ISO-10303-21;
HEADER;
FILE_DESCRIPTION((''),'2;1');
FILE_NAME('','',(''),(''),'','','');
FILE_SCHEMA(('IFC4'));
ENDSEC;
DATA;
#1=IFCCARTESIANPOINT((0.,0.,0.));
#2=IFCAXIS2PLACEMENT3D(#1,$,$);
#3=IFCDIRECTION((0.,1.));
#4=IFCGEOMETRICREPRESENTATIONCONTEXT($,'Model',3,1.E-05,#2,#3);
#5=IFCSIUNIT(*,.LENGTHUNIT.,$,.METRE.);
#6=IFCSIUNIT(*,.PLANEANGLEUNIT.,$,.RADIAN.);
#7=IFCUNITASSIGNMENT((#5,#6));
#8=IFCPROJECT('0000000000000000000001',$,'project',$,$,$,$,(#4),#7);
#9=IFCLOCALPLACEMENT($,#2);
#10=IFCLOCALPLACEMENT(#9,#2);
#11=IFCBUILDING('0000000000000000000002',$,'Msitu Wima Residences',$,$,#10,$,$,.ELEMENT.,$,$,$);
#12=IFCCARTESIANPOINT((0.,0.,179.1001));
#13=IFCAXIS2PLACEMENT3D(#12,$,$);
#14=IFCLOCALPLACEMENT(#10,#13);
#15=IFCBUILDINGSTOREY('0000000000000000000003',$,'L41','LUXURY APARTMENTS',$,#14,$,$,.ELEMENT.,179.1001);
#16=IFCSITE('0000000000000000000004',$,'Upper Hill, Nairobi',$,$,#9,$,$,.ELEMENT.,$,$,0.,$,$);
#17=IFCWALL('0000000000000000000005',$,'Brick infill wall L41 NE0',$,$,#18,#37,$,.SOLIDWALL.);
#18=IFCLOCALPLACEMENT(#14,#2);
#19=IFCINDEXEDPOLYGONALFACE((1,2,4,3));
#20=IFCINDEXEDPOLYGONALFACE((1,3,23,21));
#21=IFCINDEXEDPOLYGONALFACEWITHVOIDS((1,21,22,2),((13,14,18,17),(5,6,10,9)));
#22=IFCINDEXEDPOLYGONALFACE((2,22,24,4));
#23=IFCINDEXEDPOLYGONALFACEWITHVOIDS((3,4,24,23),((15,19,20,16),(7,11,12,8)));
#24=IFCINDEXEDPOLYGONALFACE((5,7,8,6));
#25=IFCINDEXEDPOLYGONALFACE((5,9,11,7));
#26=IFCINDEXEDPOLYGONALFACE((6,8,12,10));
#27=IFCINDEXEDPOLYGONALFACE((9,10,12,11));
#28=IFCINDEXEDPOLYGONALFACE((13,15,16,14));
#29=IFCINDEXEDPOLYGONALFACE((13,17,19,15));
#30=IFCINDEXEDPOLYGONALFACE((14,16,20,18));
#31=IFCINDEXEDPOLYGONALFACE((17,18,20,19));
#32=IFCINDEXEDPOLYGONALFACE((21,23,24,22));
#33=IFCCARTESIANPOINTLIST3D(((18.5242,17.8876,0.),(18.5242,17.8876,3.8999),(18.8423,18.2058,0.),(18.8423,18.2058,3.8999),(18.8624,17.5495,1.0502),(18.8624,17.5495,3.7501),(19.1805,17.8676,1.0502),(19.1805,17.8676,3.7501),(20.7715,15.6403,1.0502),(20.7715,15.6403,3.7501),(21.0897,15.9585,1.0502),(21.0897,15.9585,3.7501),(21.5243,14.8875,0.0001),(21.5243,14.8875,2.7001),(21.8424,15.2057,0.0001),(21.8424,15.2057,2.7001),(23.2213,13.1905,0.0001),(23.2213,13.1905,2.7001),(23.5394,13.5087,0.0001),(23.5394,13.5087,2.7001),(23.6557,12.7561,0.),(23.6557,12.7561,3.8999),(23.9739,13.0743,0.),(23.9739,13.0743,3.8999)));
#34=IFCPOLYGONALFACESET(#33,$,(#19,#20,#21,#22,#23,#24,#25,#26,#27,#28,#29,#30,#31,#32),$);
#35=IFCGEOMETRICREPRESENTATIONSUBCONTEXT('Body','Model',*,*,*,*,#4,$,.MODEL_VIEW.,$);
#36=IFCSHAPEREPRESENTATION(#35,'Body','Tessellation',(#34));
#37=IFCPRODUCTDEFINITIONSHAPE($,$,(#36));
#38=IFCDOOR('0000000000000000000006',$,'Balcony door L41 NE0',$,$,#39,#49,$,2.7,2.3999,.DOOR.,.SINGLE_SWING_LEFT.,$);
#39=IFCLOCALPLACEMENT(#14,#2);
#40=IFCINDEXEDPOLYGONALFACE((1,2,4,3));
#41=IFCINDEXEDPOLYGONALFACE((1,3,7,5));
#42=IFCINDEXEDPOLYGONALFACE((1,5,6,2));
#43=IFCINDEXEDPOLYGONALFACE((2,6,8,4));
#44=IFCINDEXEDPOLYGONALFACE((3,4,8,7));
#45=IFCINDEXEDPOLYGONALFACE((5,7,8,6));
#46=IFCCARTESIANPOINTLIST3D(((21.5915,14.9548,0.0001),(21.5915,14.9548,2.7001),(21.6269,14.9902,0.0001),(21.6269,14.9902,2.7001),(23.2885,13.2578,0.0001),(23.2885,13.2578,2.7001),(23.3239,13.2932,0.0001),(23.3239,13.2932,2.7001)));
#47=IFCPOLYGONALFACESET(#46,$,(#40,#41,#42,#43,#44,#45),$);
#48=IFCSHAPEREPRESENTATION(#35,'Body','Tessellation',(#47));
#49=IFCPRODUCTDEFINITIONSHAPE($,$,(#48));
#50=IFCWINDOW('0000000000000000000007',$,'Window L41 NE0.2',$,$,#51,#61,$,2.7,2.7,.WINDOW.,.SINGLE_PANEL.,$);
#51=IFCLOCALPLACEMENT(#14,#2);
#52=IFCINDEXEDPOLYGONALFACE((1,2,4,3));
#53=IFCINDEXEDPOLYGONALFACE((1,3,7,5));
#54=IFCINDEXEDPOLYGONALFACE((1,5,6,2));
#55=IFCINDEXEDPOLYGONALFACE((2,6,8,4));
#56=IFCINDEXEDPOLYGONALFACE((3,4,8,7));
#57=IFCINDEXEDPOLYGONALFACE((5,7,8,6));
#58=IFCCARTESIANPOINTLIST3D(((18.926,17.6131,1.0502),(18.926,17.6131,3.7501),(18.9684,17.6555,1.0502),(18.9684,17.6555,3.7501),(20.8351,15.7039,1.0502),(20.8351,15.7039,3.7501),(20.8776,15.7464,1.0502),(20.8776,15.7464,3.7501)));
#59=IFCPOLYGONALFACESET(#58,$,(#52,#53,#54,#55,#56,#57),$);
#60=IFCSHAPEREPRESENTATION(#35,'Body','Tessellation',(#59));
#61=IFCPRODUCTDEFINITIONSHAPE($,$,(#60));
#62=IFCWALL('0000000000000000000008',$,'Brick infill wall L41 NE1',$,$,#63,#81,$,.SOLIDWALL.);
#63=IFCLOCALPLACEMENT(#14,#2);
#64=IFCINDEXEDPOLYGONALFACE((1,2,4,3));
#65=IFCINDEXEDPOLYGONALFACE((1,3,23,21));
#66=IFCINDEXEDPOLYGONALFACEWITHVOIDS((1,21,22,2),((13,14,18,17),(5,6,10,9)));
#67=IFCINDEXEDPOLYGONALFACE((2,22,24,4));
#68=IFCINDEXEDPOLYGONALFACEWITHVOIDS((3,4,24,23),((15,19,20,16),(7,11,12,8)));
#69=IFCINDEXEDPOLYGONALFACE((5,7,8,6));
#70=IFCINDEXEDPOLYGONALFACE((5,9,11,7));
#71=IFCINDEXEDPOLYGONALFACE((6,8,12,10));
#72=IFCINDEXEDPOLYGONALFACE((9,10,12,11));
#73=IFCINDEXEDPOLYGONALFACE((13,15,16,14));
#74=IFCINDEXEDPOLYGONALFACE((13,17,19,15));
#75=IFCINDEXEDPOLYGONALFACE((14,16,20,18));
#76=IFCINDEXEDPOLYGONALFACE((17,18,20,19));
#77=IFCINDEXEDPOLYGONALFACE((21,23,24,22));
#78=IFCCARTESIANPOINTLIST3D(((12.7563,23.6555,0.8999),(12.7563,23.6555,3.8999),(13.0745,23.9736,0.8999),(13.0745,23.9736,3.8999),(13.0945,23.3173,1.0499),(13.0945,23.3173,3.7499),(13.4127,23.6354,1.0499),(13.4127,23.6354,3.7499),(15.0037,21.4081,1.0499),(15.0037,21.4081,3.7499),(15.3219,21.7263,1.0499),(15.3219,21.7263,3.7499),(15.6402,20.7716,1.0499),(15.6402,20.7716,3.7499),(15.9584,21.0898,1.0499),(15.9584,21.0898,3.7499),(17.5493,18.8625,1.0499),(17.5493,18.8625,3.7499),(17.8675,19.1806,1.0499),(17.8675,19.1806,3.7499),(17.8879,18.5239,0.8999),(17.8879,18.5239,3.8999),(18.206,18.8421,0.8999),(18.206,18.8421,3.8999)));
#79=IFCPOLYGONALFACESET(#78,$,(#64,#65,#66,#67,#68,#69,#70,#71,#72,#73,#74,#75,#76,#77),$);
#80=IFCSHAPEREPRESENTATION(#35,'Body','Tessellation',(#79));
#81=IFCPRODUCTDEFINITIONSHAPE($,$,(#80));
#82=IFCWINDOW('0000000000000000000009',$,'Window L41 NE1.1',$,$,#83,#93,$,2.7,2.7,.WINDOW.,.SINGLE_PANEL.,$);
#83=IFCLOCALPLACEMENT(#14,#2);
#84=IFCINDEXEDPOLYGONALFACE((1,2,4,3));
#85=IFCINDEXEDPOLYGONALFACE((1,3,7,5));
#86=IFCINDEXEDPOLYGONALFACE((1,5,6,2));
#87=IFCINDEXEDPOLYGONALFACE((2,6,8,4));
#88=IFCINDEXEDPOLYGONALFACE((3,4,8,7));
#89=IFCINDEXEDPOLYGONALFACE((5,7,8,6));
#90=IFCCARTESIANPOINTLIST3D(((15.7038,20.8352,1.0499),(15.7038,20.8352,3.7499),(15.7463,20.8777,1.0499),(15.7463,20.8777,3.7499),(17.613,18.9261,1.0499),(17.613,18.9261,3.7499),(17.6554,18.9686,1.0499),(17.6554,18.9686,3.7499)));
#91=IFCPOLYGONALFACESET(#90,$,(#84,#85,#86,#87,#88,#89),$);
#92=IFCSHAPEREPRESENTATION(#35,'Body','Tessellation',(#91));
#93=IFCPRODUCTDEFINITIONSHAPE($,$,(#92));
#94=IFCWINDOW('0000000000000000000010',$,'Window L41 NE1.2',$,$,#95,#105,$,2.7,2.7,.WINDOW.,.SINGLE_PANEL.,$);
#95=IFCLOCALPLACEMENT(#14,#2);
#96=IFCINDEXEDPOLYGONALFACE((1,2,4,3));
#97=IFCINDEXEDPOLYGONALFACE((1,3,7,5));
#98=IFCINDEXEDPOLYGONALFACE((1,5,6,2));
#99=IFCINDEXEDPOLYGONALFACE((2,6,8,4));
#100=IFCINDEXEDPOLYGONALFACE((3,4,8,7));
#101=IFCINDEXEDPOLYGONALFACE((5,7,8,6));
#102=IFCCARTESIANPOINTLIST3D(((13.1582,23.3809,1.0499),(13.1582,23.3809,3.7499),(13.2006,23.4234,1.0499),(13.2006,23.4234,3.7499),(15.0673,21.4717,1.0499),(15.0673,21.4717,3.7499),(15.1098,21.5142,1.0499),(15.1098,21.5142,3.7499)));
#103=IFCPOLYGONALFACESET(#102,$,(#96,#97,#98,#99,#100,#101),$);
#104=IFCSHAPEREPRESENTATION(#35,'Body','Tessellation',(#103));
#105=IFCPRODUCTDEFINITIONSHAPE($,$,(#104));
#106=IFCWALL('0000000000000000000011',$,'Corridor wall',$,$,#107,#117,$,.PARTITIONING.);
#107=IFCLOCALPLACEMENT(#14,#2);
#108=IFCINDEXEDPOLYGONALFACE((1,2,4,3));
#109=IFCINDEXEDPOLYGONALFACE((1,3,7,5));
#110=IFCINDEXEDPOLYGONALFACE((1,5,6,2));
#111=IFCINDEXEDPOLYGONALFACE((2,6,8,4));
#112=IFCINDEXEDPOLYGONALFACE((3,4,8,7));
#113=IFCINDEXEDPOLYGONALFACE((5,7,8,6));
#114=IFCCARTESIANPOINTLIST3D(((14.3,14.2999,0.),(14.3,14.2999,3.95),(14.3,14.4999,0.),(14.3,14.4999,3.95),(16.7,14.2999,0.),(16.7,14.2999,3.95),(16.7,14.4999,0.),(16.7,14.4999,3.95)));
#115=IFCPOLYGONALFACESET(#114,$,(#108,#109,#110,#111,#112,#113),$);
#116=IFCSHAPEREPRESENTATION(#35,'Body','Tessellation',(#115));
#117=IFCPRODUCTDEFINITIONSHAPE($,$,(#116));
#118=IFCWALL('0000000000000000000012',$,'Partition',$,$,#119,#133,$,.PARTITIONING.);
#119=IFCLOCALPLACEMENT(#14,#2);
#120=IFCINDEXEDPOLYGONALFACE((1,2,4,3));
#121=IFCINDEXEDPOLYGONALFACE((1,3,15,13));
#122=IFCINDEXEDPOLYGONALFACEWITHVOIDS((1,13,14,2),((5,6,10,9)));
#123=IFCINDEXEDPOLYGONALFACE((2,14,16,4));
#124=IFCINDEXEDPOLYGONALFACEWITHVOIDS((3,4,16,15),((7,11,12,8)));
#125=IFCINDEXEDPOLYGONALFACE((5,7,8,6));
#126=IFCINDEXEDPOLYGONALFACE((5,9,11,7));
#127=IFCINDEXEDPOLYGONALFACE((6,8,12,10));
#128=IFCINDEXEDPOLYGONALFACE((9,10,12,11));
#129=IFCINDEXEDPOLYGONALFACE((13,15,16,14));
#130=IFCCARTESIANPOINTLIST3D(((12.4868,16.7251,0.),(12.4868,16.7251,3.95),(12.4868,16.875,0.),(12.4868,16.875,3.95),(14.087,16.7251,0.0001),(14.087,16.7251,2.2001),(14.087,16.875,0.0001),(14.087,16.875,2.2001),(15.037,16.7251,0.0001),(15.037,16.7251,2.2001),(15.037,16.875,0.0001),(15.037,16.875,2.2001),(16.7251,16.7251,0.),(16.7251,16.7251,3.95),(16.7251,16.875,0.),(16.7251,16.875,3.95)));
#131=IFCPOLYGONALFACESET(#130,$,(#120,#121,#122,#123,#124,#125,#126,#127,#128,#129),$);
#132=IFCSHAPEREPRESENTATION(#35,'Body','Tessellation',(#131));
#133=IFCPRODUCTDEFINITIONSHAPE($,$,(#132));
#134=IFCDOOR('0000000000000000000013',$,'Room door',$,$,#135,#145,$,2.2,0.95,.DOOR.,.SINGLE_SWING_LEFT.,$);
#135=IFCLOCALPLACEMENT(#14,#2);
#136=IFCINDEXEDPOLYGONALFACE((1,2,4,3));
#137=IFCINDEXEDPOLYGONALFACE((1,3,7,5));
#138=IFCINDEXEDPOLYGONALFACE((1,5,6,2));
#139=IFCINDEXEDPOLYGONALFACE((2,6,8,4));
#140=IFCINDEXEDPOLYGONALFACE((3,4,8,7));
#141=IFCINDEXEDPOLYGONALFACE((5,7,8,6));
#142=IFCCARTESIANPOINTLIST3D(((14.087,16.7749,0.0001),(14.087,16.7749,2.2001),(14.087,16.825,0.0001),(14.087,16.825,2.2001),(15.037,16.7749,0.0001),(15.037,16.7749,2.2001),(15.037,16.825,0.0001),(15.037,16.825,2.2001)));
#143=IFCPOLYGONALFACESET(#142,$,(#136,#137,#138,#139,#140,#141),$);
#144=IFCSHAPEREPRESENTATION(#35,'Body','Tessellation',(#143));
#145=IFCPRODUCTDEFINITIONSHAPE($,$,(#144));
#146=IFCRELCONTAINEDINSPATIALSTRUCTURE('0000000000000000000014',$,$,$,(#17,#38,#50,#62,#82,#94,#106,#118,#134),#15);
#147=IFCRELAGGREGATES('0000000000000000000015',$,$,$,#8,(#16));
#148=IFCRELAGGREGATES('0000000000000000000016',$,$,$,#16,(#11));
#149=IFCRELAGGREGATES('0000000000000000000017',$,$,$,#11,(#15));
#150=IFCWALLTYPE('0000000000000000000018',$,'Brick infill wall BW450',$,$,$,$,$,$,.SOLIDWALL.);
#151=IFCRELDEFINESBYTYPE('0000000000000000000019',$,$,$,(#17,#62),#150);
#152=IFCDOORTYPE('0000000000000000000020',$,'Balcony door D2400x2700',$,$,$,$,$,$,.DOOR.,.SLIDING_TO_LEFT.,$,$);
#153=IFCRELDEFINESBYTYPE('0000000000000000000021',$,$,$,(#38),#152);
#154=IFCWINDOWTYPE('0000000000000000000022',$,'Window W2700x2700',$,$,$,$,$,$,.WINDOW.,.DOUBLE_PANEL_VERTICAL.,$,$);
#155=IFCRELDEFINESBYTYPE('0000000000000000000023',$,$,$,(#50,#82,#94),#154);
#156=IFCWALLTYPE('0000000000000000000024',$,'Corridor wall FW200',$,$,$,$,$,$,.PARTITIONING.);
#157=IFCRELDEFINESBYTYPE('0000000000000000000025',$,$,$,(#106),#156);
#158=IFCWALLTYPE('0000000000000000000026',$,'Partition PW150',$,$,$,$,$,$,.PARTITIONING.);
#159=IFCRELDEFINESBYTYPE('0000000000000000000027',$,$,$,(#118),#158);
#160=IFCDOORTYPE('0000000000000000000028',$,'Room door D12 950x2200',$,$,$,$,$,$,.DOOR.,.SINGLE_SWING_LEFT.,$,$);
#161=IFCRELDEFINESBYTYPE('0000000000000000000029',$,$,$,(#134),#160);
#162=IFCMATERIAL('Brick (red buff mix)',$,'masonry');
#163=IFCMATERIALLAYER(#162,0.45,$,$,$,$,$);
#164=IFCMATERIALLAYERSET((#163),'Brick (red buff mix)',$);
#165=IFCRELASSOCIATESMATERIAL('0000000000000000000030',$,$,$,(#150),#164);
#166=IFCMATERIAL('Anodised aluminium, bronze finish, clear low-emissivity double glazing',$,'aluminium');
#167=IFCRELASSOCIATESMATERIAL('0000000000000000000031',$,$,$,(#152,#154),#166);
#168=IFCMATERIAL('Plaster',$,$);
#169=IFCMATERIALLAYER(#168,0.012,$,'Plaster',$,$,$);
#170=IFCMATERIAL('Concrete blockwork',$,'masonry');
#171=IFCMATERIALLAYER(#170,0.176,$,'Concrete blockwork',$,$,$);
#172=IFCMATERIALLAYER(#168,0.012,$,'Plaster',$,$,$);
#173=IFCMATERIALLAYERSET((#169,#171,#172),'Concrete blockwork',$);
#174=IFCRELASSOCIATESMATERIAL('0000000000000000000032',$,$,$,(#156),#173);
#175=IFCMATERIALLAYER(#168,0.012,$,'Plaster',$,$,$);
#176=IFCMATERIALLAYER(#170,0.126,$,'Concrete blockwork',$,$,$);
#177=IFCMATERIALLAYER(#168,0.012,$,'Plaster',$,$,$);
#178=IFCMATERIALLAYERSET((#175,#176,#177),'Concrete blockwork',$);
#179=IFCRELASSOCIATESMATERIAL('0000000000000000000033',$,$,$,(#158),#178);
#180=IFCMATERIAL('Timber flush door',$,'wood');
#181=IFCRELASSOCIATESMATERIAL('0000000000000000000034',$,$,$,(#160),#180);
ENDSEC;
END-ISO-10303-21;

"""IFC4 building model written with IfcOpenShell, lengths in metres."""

from ifc_helpers import new_model, si_unit, direction, frame, frame_2d, origin, place, context, subcontext, project, spatial, rectangle, extrude, material, layer, layer_set, type_object, element, fill, save


model = new_model("IFC4")

# Units and contexts
model_context = context("Model", 3, precision=1e-05, world=origin(), true_north=direction((0.0, 1.0)))
body_context = subcontext(model_context, "Body", "Model", "MODEL_VIEW")
ifc_project = project(units=[si_unit("LENGTHUNIT", "METRE"), si_unit("PLANEANGLEUNIT", "RADIAN")], contexts=[model_context])

# Site, building, storey
site_placement = place(None, origin())
site = spatial("IfcSite", under=ifc_project, at=site_placement, Name="Upper Hill, Nairobi", CompositionType="ELEMENT", RefElevation=0.0)
building_placement = place(site_placement, origin())
building = spatial("IfcBuilding", under=site, at=building_placement, Name="Msitu Wima Residences", CompositionType="ELEMENT")
storey_placement = place(building_placement, frame((0.0, 0.0, 179.1001)))
storey = spatial("IfcBuildingStorey", under=building, at=storey_placement, Name="L41", Description="LUXURY APARTMENTS", CompositionType="ELEMENT", Elevation=179.1001)

# Wall, openings, door, window
ifc_material_1 = material(Name="Brick (red buff mix)", Category="masonry")
ifc_layer_1 = layer(ifc_material_1, 0.45)
ifc_layer_set_1 = layer_set([ifc_layer_1], Name="Brick (red buff mix)")
wall_type_1 = type_object("IfcWallType", Name="Brick infill wall BW450", PredefinedType="SOLIDWALL", material=ifc_layer_set_1)
wall_1_placement = place(storey_placement, frame((23.8147, 12.9153, 0.0), z_axis=(0.0, 0.0, 1.0), x_axis=(-0.707107, 0.707107, 0.0)))
wall_1 = element("IfcWall", 1, at=wall_1_placement, inside=storey, type_object=wall_type_1, Name="Brick infill wall L41 NE0", PredefinedType="SOLIDWALL", context=body_context, shape_type="SweptSolid", body=[
    extrude(rectangle(XDim=7.2571, YDim=0.45, at=frame_2d((3.6284, 0.0))), origin(), (0.0, 0.0, 1.0), 3.8999),
])
opening_1_placement = place(wall_1_placement, frame((0.6143, 0.0, 0.0)))
opening_1 = element("IfcOpeningElement", 2, at=opening_1_placement, cuts=wall_1, PredefinedType="OPENING", context=body_context, shape_type="SweptSolid", body=[
    extrude(rectangle(XDim=2.3999, YDim=2.7, at=frame_2d((1.2, 1.3501))), frame((0.0, 0.2349, 0.0), z_axis=(0.0, -1.0, 0.0), x_axis=(1.0, 0.0, 0.0)), (0.0, 0.0, 1.0), 0.47),
])
opening_2_placement = place(wall_1_placement, frame((4.0786, 0.0, 1.05)))
opening_2 = element("IfcOpeningElement", 3, at=opening_2_placement, cuts=wall_1, PredefinedType="OPENING", context=body_context, shape_type="SweptSolid", body=[
    extrude(rectangle(XDim=2.7, YDim=2.7, at=frame_2d((1.3501, 1.3501))), frame((0.0, 0.2349, 0.0), z_axis=(0.0, -1.0, 0.0), x_axis=(1.0, 0.0, 0.0)), (0.0, 0.0, 1.0), 0.47),
])
ifc_material_2 = material(Name="Anodised aluminium, bronze finish, clear low-emissivity double glazing", Category="aluminium")
door_type_1 = type_object("IfcDoorType", Name="Balcony door D2400x2700", OperationType="SLIDING_TO_LEFT", PredefinedType="DOOR", material=ifc_material_2)
door_1_placement = place(opening_1_placement, origin())
door_1 = element("IfcDoor", 4, at=door_1_placement, inside=storey, type_object=door_type_1, Name="Balcony door L41 NE0", OperationType="SINGLE_SWING_LEFT", OverallHeight=2.7, OverallWidth=2.3999, PredefinedType="DOOR", context=body_context, shape_type="SweptSolid", body=[
    extrude(rectangle(XDim=2.3999, YDim=2.7, at=frame_2d((1.2, 1.3501))), frame((0.0, 0.1299, 0.0), z_axis=(0.0, -1.0, 0.0), x_axis=(1.0, 0.0, 0.0)), (0.0, 0.0, 1.0), 0.05),
])
fill(opening_1, door_1)
window_type = type_object("IfcWindowType", Name="Window W2700x2700", PartitioningType="DOUBLE_PANEL_VERTICAL", PredefinedType="WINDOW", material=ifc_material_2)
window_1_placement = place(opening_2_placement, origin())
window_1 = element("IfcWindow", 5, at=window_1_placement, inside=storey, type_object=window_type, Name="Window L41 NE0.2", OverallHeight=2.7, OverallWidth=2.7, PartitioningType="SINGLE_PANEL", PredefinedType="WINDOW", context=body_context, shape_type="SweptSolid", body=[
    extrude(rectangle(XDim=2.7, YDim=2.7, at=frame_2d((1.3501, 1.3501))), frame((0.0, 0.135, 0.0), z_axis=(0.0, -1.0, 0.0), x_axis=(1.0, 0.0, 0.0)), (0.0, 0.0, 1.0), 0.0601),
])
fill(opening_2, window_1)

# Wall, openings, windows
wall_2_placement = place(storey_placement, frame((18.0469, 18.6831, 0.8999), z_axis=(0.0, 0.0, 1.0), x_axis=(-0.707107, 0.707107, 0.0)))
wall_2 = element("IfcWall", 6, at=wall_2_placement, inside=storey, type_object=wall_type_1, Name="Brick infill wall L41 NE1", PredefinedType="SOLIDWALL", context=body_context, shape_type="SweptSolid", body=[
    extrude(rectangle(XDim=7.2571, YDim=0.45, at=frame_2d((3.6284, 0.0))), origin(), (0.0, 0.0, 1.0), 3.0),
])
opening_3_placement = place(wall_2_placement, frame((0.4785, 0.0, 0.1499)))
opening_3 = element("IfcOpeningElement", 7, at=opening_3_placement, cuts=wall_2, PredefinedType="OPENING", context=body_context, shape_type="SweptSolid", body=[
    extrude(rectangle(XDim=2.7, YDim=2.7, at=frame_2d((1.3501, 1.3501))), frame((0.0, 0.2349, 0.0), z_axis=(0.0, -1.0, 0.0), x_axis=(1.0, 0.0, 0.0)), (0.0, 0.0, 1.0), 0.47),
])
opening_4_placement = place(wall_2_placement, frame((4.0786, 0.0, 0.1499)))
opening_4 = element("IfcOpeningElement", 8, at=opening_4_placement, cuts=wall_2, PredefinedType="OPENING", context=body_context, shape_type="SweptSolid", body=[
    extrude(rectangle(XDim=2.7, YDim=2.7, at=frame_2d((1.3501, 1.3501))), frame((0.0, 0.2349, 0.0), z_axis=(0.0, -1.0, 0.0), x_axis=(1.0, 0.0, 0.0)), (0.0, 0.0, 1.0), 0.47),
])
window_2_placement = place(opening_3_placement, origin())
window_2 = element("IfcWindow", 9, at=window_2_placement, inside=storey, type_object=window_type, Name="Window L41 NE1.1", OverallHeight=2.7, OverallWidth=2.7, PartitioningType="SINGLE_PANEL", PredefinedType="WINDOW", context=body_context, shape_type="SweptSolid", body=[
    extrude(rectangle(XDim=2.7, YDim=2.7, at=frame_2d((1.3501, 1.3501))), frame((0.0, 0.135, 0.0), z_axis=(0.0, -1.0, 0.0), x_axis=(1.0, 0.0, 0.0)), (0.0, 0.0, 1.0), 0.0601),
])
fill(opening_3, window_2)
window_3_placement = place(opening_4_placement, origin())
window_3 = element("IfcWindow", 10, at=window_3_placement, inside=storey, type_object=window_type, Name="Window L41 NE1.2", OverallHeight=2.7, OverallWidth=2.7, PartitioningType="SINGLE_PANEL", PredefinedType="WINDOW", context=body_context, shape_type="SweptSolid", body=[
    extrude(rectangle(XDim=2.7, YDim=2.7, at=frame_2d((1.3501, 1.3501))), frame((0.0, 0.135, 0.0), z_axis=(0.0, -1.0, 0.0), x_axis=(1.0, 0.0, 0.0)), (0.0, 0.0, 1.0), 0.0601),
])
fill(opening_4, window_3)

# Shared definitions
ifc_material_3 = material(Name="Plaster")
ifc_layer_2 = layer(ifc_material_3, 0.012, Name="Plaster")
ifc_material_4 = material(Name="Concrete blockwork", Category="masonry")
ifc_layer_3 = layer(ifc_material_4, 0.176, Name="Concrete blockwork")
ifc_layer_4 = layer(ifc_material_3, 0.012, Name="Plaster")
ifc_layer_set_2 = layer_set([ifc_layer_2, ifc_layer_3, ifc_layer_4], Name="Concrete blockwork")
wall_type_2 = type_object("IfcWallType", Name="Corridor wall FW200", PredefinedType="PARTITIONING", material=ifc_layer_set_2)

# Wall
wall_3_placement = place(storey_placement, frame((14.3, 14.3999, 0.0), z_axis=(0.0, 0.0, 1.0), x_axis=(1.0, 0.0, 0.0)))
element("IfcWall", 11, at=wall_3_placement, inside=storey, type_object=wall_type_2, Name="Corridor wall", PredefinedType="PARTITIONING", context=body_context, shape_type="SweptSolid", body=[
    extrude(rectangle(XDim=2.3999, YDim=0.2, at=frame_2d((1.2, 0.0))), origin(), (0.0, 0.0, 1.0), 3.95),
])

# Wall, opening, door
ifc_layer_5 = layer(ifc_material_3, 0.012, Name="Plaster")
ifc_layer_6 = layer(ifc_material_4, 0.126, Name="Concrete blockwork")
ifc_layer_7 = layer(ifc_material_3, 0.012, Name="Plaster")
ifc_layer_set_3 = layer_set([ifc_layer_5, ifc_layer_6, ifc_layer_7], Name="Concrete blockwork")
wall_type_3 = type_object("IfcWallType", Name="Partition PW150", PredefinedType="PARTITIONING", material=ifc_layer_set_3)
wall_4_placement = place(storey_placement, frame((12.4868, 16.8, 0.0), z_axis=(0.0, 0.0, 1.0), x_axis=(1.0, 0.0, 0.0)))
wall_4 = element("IfcWall", 12, at=wall_4_placement, inside=storey, type_object=wall_type_3, Name="Partition", PredefinedType="PARTITIONING", context=body_context, shape_type="SweptSolid", body=[
    extrude(rectangle(XDim=4.2383, YDim=0.1499, at=frame_2d((2.1191, 0.0))), origin(), (0.0, 0.0, 1.0), 3.95),
])
opening_5_placement = place(wall_4_placement, frame((1.6001, 0.0, 0.0)))
opening_5 = element("IfcOpeningElement", 13, at=opening_5_placement, cuts=wall_4, PredefinedType="OPENING", context=body_context, shape_type="SweptSolid", body=[
    extrude(rectangle(XDim=0.95, YDim=2.2, at=frame_2d((0.4751, 1.1001))), frame((0.0, 0.085, 0.0), z_axis=(0.0, -1.0, 0.0), x_axis=(1.0, 0.0, 0.0)), (0.0, 0.0, 1.0), 0.1699),
])
ifc_material_5 = material(Name="Timber flush door", Category="wood")
door_type_2 = type_object("IfcDoorType", Name="Room door D12 950x2200", OperationType="SINGLE_SWING_LEFT", PredefinedType="DOOR", material=ifc_material_5)
door_2_placement = place(opening_5_placement, origin())
door_2 = element("IfcDoor", 14, at=door_2_placement, inside=storey, type_object=door_type_2, Name="Room door", OperationType="SINGLE_SWING_LEFT", OverallHeight=2.2, OverallWidth=0.95, PredefinedType="DOOR", context=body_context, shape_type="SweptSolid", body=[
    extrude(rectangle(XDim=0.95, YDim=2.2, at=frame_2d((0.4751, 1.1001))), frame((0.0, 0.0249, 0.0), z_axis=(0.0, -1.0, 0.0), x_axis=(1.0, 0.0, 0.0)), (0.0, 0.0, 1.0), 0.05),
])
fill(opening_5, door_2)

save(model, "model.ifc")
